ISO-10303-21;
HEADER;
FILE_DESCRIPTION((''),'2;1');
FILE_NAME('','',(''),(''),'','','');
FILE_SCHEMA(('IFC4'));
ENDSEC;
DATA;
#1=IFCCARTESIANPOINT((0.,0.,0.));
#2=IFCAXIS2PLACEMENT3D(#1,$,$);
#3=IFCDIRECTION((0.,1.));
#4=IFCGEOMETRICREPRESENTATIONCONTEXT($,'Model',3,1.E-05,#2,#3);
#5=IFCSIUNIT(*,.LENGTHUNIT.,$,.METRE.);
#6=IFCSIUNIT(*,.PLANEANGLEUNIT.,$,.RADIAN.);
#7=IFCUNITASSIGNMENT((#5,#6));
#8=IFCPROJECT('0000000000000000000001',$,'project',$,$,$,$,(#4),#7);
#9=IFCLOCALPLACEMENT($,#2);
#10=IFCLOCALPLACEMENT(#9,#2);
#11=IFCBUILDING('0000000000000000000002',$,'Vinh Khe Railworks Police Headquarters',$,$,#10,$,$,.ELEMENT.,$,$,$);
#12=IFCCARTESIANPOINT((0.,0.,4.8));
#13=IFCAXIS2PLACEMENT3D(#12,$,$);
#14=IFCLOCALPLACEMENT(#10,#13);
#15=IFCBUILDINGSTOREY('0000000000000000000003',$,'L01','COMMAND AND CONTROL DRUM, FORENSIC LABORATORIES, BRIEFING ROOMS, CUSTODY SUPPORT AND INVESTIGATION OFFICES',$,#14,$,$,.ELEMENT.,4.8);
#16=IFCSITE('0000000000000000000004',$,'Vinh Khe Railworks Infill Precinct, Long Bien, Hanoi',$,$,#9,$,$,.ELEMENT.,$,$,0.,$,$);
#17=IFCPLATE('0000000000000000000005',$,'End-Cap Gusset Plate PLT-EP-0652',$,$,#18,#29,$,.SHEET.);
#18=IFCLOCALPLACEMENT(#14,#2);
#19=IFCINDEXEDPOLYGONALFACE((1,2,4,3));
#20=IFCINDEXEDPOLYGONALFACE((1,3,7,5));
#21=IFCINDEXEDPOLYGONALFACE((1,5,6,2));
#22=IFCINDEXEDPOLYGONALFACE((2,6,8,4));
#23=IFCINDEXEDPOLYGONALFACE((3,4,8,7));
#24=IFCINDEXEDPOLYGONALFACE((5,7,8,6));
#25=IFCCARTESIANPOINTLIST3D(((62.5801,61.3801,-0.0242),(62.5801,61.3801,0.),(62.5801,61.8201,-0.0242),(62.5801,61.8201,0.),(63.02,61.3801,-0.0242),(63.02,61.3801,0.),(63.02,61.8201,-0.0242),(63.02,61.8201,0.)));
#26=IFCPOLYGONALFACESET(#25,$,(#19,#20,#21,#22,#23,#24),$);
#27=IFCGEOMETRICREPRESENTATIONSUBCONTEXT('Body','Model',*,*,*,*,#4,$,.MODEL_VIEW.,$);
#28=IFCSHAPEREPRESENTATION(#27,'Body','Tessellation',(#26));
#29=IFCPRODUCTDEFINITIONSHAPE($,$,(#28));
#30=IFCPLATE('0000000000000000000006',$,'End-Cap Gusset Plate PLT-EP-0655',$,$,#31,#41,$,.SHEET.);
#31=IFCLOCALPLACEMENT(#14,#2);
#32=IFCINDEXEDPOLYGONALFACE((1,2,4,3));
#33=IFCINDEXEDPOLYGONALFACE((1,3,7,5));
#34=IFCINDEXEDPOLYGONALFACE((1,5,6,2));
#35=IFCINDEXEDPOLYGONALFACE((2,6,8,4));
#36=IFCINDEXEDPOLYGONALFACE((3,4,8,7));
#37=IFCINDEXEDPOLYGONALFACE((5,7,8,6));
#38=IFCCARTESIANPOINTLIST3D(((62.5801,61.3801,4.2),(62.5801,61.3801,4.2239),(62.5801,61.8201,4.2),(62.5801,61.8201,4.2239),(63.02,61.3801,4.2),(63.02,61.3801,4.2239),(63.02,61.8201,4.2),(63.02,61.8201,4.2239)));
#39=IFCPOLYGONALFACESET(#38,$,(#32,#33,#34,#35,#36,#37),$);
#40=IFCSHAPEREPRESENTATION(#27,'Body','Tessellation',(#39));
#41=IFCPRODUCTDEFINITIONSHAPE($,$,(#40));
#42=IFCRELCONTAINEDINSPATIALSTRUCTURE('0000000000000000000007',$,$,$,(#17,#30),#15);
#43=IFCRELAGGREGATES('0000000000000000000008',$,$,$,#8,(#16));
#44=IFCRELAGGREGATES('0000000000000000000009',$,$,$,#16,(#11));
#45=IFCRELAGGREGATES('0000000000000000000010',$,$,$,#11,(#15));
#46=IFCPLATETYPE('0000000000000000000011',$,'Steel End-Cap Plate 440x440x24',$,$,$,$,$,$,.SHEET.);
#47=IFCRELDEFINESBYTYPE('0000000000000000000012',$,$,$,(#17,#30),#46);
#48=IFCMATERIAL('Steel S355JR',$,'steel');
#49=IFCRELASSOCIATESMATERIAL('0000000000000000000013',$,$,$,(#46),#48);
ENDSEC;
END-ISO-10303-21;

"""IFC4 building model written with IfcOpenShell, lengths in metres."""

from ifc_helpers import new_model, si_unit, direction, frame, origin, origin_2d, place, context, subcontext, project, spatial, rectangle, extrude, material, material_profile, profile_set, type_object, element, save


model = new_model("IFC4")

# Units and contexts
model_context = context("Model", 3, precision=1e-05, world=origin(), true_north=direction((0.0, 1.0)))
body_context = subcontext(model_context, "Body", "Model", "MODEL_VIEW")
ifc_project = project(units=[si_unit("LENGTHUNIT", "METRE"), si_unit("PLANEANGLEUNIT", "RADIAN")], contexts=[model_context])

# Site, building, storey
site_placement = place(None, origin())
site = spatial("IfcSite", under=ifc_project, at=site_placement, Name="Vinh Khe Railworks Infill Precinct, Long Bien, Hanoi", CompositionType="ELEMENT", RefElevation=0.0)
building_placement = place(site_placement, origin())
building = spatial("IfcBuilding", under=site, at=building_placement, Name="Vinh Khe Railworks Police Headquarters", CompositionType="ELEMENT")
storey_placement = place(building_placement, frame((0.0, 0.0, 4.8)))
storey = spatial("IfcBuildingStorey", under=building, at=storey_placement, Name="L01", Description="COMMAND AND CONTROL DRUM, FORENSIC LABORATORIES, BRIEFING ROOMS, CUSTODY SUPPORT AND INVESTIGATION OFFICES", CompositionType="ELEMENT", Elevation=4.8)

# Shared definitions
ifc_material_1 = material(Name="Steel S355JR", Category="steel")

# Plates
ifc_material_profile_1 = material_profile(ifc_material_1, rectangle(XDim=0.4399, YDim=0.4399, at=origin_2d()), Name="PL 440x440")
ifc_profile_set_1 = profile_set([ifc_material_profile_1], Name="Steel S355JR")
plate_type_1 = type_object("IfcPlateType", Name="Steel End-Cap Plate 440x440x24", PredefinedType="SHEET", material=ifc_profile_set_1)
plate_1_placement = place(storey_placement, frame((62.8, 61.6001, 0.0), z_axis=(0.0, 0.0, -1.0), x_axis=(1.0, 0.0, 0.0)))
element("IfcPlate", 1, at=plate_1_placement, inside=storey, type_object=plate_type_1, Name="End-Cap Gusset Plate PLT-EP-0652", PredefinedType="SHEET", context=body_context, shape_type="SweptSolid", body=[
    extrude(rectangle(XDim=0.4399, YDim=0.4399, at=origin_2d()), origin(), (0.0, 0.0, 1.0), 0.0242),
])
plate_2_placement = place(storey_placement, frame((62.8, 61.6001, 4.2), z_axis=(0.0, 0.0, 1.0), x_axis=(1.0, 0.0, 0.0)))
element("IfcPlate", 2, at=plate_2_placement, inside=storey, type_object=plate_type_1, Name="End-Cap Gusset Plate PLT-EP-0655", PredefinedType="SHEET", context=body_context, shape_type="SweptSolid", body=[
    extrude(rectangle(XDim=0.4399, YDim=0.4399, at=origin_2d()), origin(), (0.0, 0.0, 1.0), 0.0239),
])

save(model, "model.ifc")
